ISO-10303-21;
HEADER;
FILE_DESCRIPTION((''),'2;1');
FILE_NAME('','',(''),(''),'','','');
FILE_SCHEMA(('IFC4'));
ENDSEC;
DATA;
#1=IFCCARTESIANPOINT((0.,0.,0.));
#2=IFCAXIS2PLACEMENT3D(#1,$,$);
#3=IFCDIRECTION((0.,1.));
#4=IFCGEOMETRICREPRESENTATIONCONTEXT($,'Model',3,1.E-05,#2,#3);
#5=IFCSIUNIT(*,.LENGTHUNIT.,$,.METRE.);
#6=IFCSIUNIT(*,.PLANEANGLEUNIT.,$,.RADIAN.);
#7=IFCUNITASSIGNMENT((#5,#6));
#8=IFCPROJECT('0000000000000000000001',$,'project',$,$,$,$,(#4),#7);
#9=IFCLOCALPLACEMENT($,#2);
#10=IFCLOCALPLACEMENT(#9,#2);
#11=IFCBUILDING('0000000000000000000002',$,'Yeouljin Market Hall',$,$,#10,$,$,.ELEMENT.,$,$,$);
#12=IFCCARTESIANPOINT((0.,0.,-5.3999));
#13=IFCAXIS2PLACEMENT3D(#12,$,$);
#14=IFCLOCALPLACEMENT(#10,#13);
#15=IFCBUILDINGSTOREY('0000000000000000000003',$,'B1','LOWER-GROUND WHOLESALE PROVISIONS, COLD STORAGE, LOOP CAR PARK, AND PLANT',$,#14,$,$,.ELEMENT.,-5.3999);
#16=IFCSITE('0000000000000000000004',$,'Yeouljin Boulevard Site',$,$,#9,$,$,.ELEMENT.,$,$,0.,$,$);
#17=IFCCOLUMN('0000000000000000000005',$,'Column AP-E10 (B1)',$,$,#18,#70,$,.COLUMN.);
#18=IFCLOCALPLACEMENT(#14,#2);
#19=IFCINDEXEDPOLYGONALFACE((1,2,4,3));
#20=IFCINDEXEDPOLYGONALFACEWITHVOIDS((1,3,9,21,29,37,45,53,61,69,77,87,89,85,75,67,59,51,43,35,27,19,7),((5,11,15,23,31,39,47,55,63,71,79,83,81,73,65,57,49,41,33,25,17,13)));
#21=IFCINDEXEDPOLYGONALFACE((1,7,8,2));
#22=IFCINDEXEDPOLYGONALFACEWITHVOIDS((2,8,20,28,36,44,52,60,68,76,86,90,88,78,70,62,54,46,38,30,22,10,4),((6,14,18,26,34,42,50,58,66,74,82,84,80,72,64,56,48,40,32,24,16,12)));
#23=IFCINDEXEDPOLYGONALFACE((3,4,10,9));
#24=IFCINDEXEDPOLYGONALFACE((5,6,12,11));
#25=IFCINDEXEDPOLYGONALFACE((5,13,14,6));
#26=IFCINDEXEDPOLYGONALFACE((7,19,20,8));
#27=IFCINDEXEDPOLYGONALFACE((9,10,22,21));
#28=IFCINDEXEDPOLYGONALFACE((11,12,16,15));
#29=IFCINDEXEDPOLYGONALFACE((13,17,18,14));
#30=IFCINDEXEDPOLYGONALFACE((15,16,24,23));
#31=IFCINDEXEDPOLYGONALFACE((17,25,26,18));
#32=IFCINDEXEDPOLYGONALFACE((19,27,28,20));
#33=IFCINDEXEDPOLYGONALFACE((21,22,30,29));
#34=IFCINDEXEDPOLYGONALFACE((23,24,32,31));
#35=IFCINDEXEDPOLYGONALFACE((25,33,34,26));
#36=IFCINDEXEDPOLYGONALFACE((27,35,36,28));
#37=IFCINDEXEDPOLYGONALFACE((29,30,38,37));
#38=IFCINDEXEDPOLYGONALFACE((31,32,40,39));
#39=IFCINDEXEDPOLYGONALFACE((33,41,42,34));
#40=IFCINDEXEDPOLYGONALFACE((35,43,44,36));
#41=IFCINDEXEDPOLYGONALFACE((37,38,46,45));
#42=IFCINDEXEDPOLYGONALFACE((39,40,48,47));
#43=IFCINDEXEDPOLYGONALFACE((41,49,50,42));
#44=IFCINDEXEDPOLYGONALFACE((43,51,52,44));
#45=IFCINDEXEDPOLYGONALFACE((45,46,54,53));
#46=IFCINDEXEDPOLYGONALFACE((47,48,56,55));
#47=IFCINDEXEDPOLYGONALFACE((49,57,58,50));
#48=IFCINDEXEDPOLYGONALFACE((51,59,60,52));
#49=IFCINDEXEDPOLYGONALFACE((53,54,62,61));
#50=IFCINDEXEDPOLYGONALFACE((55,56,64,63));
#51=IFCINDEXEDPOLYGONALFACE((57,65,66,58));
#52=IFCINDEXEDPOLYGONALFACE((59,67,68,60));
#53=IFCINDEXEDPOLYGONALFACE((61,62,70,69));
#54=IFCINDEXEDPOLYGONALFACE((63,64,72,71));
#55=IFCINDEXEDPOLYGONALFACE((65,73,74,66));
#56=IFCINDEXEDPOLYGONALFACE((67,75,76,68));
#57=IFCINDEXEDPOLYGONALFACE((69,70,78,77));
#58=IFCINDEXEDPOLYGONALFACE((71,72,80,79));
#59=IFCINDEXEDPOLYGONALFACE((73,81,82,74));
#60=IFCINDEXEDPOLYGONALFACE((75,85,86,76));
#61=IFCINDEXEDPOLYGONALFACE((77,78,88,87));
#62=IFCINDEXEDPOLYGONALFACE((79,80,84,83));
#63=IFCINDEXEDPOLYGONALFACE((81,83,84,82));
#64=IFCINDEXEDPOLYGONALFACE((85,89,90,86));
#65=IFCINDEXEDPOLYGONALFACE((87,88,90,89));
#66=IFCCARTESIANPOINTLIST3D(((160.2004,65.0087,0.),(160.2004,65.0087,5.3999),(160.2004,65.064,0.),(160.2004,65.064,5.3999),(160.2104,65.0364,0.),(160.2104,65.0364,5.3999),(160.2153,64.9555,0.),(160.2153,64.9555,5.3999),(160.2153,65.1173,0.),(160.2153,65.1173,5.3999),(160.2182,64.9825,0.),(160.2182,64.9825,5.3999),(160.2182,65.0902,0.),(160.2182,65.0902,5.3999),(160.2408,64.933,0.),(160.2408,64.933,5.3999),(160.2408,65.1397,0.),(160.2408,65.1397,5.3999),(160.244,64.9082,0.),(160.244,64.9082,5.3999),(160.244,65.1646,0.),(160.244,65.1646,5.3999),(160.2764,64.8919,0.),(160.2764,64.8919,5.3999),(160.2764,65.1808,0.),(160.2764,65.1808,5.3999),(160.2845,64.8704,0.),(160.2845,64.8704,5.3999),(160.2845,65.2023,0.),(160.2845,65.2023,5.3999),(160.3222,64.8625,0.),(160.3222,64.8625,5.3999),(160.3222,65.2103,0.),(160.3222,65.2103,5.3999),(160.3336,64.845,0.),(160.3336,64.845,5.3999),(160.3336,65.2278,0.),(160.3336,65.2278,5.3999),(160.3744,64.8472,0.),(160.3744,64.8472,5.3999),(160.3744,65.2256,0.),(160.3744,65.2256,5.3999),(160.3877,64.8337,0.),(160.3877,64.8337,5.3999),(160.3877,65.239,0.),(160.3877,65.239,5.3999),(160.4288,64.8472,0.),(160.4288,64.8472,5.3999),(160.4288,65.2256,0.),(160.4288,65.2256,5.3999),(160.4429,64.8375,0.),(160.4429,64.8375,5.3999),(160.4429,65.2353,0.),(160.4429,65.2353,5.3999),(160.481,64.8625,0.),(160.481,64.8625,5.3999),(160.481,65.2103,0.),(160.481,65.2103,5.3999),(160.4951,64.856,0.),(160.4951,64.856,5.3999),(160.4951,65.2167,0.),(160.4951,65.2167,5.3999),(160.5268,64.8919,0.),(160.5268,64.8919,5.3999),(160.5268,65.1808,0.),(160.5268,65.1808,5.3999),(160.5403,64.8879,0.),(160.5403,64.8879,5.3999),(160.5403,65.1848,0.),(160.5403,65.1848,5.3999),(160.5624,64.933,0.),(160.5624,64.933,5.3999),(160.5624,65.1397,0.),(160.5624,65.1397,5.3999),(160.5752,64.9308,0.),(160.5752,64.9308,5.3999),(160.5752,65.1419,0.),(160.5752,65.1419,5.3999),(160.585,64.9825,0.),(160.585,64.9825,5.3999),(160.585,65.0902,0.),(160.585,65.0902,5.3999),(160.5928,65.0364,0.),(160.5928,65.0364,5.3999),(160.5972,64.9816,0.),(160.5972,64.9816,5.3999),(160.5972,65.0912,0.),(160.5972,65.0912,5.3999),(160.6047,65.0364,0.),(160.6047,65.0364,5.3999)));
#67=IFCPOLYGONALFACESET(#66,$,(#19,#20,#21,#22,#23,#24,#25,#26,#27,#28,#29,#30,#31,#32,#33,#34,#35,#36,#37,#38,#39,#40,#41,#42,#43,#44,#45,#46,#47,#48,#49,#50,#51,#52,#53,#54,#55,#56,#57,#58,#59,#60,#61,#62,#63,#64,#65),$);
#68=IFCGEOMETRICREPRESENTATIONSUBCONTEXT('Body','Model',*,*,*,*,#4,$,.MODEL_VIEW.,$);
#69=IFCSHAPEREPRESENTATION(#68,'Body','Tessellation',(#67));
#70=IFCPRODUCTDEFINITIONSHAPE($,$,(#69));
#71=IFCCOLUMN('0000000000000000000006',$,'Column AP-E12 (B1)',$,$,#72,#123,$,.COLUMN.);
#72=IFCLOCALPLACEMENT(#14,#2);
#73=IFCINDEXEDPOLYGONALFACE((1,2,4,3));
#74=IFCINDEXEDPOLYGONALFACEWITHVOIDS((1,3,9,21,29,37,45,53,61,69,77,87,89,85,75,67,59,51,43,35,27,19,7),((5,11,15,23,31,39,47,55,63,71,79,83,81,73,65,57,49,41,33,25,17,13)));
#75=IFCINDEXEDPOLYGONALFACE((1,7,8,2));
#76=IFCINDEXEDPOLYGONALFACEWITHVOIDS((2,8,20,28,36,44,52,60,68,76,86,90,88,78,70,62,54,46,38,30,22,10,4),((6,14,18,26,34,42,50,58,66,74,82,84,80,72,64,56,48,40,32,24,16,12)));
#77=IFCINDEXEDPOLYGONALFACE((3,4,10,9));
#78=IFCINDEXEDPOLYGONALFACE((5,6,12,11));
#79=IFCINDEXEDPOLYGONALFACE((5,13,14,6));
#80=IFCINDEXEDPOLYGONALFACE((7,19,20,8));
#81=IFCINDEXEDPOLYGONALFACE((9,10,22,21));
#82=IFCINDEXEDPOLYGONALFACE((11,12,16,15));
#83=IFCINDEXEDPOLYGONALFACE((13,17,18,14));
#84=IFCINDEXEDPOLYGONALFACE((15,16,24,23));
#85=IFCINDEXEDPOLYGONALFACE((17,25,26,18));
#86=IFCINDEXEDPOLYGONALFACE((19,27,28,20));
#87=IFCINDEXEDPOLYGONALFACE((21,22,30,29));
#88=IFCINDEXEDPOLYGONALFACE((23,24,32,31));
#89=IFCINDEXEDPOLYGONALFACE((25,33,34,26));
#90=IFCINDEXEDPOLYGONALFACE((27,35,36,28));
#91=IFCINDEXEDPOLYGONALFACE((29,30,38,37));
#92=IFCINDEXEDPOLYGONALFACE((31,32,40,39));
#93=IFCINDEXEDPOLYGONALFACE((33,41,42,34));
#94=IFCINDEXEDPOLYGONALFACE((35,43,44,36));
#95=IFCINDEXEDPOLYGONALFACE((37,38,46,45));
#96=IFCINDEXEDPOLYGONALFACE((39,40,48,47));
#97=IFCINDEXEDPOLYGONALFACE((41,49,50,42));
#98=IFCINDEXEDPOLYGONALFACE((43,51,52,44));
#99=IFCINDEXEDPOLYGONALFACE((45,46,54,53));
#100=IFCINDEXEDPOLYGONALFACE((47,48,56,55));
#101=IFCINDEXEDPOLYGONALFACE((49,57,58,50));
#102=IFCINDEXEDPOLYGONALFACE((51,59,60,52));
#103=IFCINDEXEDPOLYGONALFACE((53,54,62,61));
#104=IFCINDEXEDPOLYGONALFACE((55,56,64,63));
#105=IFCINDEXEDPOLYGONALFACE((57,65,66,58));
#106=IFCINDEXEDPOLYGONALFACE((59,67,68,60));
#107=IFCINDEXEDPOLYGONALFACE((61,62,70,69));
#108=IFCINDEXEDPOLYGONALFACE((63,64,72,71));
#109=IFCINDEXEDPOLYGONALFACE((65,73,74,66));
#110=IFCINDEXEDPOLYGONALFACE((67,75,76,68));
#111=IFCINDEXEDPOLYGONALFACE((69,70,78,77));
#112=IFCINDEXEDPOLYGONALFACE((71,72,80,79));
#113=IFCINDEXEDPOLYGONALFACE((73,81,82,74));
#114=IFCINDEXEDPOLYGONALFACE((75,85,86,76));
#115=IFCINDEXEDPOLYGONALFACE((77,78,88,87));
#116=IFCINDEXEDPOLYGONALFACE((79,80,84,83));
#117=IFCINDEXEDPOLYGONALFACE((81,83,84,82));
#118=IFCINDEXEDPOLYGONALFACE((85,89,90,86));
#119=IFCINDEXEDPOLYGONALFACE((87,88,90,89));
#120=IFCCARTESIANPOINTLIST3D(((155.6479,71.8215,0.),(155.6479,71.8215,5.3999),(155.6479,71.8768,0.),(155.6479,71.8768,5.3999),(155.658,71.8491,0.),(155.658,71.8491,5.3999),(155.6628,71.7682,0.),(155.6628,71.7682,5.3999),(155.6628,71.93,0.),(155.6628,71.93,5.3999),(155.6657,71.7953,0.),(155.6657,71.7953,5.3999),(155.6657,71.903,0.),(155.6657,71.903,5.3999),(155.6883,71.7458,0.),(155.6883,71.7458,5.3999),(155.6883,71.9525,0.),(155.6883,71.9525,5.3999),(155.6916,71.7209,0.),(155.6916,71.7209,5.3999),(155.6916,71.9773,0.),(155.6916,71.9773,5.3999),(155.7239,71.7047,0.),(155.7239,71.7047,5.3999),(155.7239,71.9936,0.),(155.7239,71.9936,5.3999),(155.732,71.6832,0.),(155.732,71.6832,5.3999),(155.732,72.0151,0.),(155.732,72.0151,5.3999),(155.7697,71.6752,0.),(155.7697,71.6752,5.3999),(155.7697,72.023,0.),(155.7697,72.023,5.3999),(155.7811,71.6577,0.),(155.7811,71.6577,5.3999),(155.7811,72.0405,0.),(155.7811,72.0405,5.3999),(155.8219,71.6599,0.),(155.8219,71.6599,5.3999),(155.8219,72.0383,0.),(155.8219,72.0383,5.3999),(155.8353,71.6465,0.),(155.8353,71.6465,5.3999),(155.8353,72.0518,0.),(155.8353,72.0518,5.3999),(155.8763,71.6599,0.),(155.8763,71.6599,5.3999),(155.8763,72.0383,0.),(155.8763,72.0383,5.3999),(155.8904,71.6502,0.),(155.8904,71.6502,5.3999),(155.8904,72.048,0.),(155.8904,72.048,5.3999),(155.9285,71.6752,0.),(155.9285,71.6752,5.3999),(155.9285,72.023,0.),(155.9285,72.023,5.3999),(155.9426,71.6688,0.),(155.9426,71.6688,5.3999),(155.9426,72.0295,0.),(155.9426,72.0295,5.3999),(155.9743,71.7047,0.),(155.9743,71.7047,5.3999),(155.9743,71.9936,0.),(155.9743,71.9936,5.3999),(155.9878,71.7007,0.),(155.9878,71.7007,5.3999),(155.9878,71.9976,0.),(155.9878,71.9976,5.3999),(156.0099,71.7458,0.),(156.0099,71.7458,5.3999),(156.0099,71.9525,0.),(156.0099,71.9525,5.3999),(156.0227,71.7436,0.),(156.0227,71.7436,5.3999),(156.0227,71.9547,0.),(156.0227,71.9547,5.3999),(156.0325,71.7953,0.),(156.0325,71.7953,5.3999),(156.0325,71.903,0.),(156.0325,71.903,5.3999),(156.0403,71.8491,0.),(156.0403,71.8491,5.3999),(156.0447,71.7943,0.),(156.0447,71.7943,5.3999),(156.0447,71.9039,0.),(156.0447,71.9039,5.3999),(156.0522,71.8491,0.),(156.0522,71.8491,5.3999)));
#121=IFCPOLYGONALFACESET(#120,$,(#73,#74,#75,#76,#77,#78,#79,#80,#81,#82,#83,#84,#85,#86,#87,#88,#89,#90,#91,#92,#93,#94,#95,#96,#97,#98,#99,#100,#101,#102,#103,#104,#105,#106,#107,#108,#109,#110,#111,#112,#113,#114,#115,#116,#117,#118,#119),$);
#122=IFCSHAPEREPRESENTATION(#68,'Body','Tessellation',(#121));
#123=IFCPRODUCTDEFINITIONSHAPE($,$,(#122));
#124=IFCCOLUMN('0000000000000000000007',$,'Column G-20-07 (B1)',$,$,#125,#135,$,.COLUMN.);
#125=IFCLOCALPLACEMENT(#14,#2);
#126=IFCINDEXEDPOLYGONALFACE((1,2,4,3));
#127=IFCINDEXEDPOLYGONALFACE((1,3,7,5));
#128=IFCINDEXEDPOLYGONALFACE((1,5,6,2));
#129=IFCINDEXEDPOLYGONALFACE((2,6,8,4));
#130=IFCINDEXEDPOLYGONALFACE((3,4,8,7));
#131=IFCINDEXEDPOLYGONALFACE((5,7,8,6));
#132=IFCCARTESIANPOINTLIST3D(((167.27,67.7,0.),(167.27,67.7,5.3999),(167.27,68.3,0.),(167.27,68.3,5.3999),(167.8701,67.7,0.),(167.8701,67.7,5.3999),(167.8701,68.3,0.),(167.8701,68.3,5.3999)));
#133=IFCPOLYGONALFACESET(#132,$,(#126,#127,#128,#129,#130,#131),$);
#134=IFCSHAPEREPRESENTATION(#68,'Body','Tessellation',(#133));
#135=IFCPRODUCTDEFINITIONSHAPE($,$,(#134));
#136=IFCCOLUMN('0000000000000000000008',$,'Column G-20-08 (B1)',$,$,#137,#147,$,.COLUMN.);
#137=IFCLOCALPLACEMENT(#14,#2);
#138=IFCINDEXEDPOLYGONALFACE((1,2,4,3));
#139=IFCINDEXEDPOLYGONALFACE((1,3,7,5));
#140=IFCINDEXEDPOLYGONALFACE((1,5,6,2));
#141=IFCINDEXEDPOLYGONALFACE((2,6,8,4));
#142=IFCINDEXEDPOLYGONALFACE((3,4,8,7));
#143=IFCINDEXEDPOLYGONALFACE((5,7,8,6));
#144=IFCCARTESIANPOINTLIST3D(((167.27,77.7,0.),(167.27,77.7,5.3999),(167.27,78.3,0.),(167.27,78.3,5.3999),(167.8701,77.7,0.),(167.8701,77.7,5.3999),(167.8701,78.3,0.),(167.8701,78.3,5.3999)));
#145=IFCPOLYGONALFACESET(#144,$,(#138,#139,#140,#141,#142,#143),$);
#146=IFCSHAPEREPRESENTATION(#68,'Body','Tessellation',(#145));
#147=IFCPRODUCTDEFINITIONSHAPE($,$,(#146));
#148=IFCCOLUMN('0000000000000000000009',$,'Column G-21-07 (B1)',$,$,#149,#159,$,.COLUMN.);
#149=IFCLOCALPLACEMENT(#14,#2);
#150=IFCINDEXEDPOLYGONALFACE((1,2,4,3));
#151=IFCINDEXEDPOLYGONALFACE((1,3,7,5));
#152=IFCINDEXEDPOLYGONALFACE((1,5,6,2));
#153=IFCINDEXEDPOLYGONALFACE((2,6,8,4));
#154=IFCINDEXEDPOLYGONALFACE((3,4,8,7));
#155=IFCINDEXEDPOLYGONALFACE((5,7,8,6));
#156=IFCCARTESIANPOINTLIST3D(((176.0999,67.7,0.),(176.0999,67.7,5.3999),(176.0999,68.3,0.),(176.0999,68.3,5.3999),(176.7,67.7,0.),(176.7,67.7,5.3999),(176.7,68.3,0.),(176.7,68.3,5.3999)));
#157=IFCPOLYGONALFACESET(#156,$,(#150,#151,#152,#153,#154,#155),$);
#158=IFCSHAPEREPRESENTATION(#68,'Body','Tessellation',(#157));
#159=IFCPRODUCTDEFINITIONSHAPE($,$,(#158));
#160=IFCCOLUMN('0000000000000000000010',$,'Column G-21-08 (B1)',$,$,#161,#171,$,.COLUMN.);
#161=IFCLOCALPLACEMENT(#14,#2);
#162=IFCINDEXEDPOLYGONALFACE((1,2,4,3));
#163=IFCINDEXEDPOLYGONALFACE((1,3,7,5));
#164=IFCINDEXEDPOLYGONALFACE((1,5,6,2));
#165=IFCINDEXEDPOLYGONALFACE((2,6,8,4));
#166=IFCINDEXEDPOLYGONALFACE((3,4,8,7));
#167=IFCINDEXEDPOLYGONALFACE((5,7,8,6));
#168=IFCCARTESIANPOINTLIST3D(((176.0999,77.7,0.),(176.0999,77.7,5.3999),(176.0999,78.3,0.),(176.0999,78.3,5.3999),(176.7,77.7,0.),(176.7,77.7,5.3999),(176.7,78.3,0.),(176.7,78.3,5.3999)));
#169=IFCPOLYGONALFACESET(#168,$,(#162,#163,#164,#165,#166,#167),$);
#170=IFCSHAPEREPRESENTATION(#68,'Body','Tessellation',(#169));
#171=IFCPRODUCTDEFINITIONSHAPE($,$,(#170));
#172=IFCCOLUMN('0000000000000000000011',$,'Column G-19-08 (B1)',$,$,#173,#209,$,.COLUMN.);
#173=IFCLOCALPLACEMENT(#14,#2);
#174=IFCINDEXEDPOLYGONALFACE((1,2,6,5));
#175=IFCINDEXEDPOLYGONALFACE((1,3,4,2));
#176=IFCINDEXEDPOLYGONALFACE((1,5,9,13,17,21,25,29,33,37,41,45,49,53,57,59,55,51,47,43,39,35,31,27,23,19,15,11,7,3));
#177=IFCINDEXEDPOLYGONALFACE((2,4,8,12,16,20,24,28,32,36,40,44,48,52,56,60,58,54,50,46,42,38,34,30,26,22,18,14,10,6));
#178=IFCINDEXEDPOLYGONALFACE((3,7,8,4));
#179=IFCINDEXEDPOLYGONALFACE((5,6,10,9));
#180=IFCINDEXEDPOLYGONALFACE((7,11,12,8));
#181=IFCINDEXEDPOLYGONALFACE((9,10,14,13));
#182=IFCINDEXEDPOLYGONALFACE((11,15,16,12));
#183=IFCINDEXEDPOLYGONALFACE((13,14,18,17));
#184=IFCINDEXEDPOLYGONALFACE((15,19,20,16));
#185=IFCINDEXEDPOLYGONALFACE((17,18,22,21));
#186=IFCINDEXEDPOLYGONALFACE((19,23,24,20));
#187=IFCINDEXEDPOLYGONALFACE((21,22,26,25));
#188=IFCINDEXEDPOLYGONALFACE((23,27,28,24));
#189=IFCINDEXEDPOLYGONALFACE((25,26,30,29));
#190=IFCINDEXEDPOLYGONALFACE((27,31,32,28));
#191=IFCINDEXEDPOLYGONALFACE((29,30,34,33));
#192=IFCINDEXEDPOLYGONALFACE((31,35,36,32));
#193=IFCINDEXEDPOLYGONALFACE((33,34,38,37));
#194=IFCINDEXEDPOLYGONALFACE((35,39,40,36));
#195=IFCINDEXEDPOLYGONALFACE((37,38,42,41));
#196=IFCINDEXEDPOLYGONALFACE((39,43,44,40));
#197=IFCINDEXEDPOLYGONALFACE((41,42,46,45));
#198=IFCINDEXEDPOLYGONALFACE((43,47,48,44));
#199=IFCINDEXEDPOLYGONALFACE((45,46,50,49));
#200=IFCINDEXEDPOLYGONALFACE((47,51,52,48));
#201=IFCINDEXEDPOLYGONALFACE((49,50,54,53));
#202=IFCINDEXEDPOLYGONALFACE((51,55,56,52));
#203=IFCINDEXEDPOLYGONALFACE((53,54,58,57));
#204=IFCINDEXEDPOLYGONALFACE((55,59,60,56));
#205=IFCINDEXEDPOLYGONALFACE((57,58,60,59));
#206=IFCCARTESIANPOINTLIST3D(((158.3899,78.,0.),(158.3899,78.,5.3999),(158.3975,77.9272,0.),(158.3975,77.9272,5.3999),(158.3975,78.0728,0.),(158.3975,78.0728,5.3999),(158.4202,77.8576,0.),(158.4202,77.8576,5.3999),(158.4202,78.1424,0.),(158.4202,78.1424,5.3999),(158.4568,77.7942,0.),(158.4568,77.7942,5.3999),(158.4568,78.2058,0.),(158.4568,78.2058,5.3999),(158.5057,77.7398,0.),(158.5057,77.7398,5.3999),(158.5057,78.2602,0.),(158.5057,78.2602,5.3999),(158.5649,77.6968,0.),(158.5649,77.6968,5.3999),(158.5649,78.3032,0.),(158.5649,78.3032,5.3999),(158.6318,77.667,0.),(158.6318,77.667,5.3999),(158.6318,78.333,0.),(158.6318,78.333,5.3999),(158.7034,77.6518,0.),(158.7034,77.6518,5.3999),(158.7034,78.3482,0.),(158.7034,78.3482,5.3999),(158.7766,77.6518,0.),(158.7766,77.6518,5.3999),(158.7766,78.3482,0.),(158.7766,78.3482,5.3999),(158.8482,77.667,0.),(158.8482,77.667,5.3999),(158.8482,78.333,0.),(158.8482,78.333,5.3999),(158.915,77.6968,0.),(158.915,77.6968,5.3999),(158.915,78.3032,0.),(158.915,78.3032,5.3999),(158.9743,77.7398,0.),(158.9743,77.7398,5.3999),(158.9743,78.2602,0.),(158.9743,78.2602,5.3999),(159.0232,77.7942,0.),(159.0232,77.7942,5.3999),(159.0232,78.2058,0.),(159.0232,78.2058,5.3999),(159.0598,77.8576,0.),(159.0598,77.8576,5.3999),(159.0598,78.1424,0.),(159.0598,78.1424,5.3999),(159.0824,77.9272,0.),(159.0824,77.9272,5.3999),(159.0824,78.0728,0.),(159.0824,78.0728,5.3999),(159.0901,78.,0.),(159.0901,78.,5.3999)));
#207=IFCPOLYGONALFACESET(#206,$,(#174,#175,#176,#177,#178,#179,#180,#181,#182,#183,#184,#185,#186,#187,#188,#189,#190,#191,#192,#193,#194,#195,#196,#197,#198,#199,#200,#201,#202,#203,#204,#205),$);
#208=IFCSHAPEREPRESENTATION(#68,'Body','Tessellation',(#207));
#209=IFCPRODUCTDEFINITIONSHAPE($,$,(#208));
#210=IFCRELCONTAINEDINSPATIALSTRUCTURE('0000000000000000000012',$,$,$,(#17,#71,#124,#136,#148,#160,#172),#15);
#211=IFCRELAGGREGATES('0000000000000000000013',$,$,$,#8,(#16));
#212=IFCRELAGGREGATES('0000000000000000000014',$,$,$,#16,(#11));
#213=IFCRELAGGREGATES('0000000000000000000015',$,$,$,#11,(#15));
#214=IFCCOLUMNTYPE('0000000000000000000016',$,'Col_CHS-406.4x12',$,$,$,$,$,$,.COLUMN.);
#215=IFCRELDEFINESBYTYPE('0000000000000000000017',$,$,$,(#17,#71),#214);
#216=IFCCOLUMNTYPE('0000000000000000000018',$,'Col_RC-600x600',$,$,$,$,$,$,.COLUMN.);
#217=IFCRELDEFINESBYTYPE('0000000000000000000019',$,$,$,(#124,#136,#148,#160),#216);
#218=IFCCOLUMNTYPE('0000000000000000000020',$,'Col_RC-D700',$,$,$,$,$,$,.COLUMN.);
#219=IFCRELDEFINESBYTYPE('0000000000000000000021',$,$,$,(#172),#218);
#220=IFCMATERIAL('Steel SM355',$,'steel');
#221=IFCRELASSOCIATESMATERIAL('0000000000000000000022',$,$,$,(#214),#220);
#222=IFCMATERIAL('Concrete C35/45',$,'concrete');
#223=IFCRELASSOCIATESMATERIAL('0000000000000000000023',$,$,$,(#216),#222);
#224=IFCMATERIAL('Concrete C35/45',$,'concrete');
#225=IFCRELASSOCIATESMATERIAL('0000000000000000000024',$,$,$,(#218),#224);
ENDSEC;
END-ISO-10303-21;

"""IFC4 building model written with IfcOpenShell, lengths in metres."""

from ifc_helpers import new_model, si_unit, direction, frame, origin, origin_2d, place, context, subcontext, project, spatial, rectangle, circle, hollow_circle, extrude, material, material_profile, profile_set, type_object, element, save


model = new_model("IFC4")

# Units and contexts
model_context = context("Model", 3, precision=1e-05, world=origin(), true_north=direction((0.0, 1.0)))
body_context = subcontext(model_context, "Body", "Model", "MODEL_VIEW")
ifc_project = project(units=[si_unit("LENGTHUNIT", "METRE"), si_unit("PLANEANGLEUNIT", "RADIAN")], contexts=[model_context])

# Site, building, storey
site_placement = place(None, origin())
site = spatial("IfcSite", under=ifc_project, at=site_placement, Name="Yeouljin Boulevard Site", CompositionType="ELEMENT", RefElevation=0.0)
building_placement = place(site_placement, origin())
building = spatial("IfcBuilding", under=site, at=building_placement, Name="Yeouljin Market Hall", CompositionType="ELEMENT")
storey_placement = place(building_placement, frame((0.0, 0.0, -5.3999)))
storey = spatial("IfcBuildingStorey", under=building, at=storey_placement, Name="B1", Description="LOWER-GROUND WHOLESALE PROVISIONS, COLD STORAGE, LOOP CAR PARK, AND PLANT", CompositionType="ELEMENT", Elevation=-5.3999)

# Columns
ifc_material_1 = material(Name="Steel SM355", Category="steel")
ifc_material_profile_1 = material_profile(ifc_material_1, hollow_circle(Radius=0.2031, WallThickness=0.012, at=origin_2d()), Name="CHS-406.4x12")
ifc_profile_set_1 = profile_set([ifc_material_profile_1], Name="Steel SM355")
column_type_1 = type_object("IfcColumnType", Name="Col_CHS-406.4x12", PredefinedType="COLUMN", material=ifc_profile_set_1)
for number, where, z_axis, x_axis, name in (
    (1, (160.4016, 65.0364, 0.0), (0.0, 0.0, 1.0), (1.0, 0.0, 0.0), "Column AP-E10 (B1)"),
    (2, (155.8491, 71.8491, 0.0), (0.0, 0.0, 1.0), (1.0, 0.0, 0.0), "Column AP-E12 (B1)"),
):
    element("IfcColumn", number, at=place(storey_placement, frame(where, z_axis=z_axis, x_axis=x_axis)), inside=storey, type_object=column_type_1, Name=name, PredefinedType="COLUMN", context=body_context, shape_type="SweptSolid", body=[
        extrude(hollow_circle(Radius=0.2031, WallThickness=0.012, at=origin_2d()), origin(), (0.0, 0.0, 1.0), 5.3999),
    ])
ifc_material_2 = material(Name="Concrete C35/45", Category="concrete")
ifc_material_profile_2 = material_profile(ifc_material_2, rectangle(XDim=0.6001, YDim=0.6001, at=origin_2d()), Name="RC-600x600")
ifc_profile_set_2 = profile_set([ifc_material_profile_2], Name="Concrete C35/45")
column_type_2 = type_object("IfcColumnType", Name="Col_RC-600x600", PredefinedType="COLUMN", material=ifc_profile_set_2)
for number, where, z_axis, x_axis, name in (
    (3, (167.5701, 68.0, 0.0), (0.0, 0.0, 1.0), (1.0, 0.0, 0.0), "Column G-20-07 (B1)"),
    (4, (167.5701, 78.0, 0.0), (0.0, 0.0, 1.0), (1.0, 0.0, 0.0), "Column G-20-08 (B1)"),
    (5, (176.3999, 68.0, 0.0), (0.0, 0.0, 1.0), (1.0, 0.0, 0.0), "Column G-21-07 (B1)"),
    (6, (176.3999, 78.0, 0.0), (0.0, 0.0, 1.0), (1.0, 0.0, 0.0), "Column G-21-08 (B1)"),
):
    element("IfcColumn", number, at=place(storey_placement, frame(where, z_axis=z_axis, x_axis=x_axis)), inside=storey, type_object=column_type_2, Name=name, PredefinedType="COLUMN", context=body_context, shape_type="SweptSolid", body=[
        extrude(rectangle(XDim=0.6001, YDim=0.6001, at=origin_2d()), origin(), (0.0, 0.0, 1.0), 5.3999),
    ])
ifc_material_3 = material(Name="Concrete C35/45", Category="concrete")
ifc_material_profile_3 = material_profile(ifc_material_3, circle(Radius=0.3501, at=origin_2d()), Name="RC-D700")
ifc_profile_set_3 = profile_set([ifc_material_profile_3], Name="Concrete C35/45")
column_type_3 = type_object("IfcColumnType", Name="Col_RC-D700", PredefinedType="COLUMN", material=ifc_profile_set_3)
column_placement = place(storey_placement, frame((158.74, 78.0, 0.0), z_axis=(0.0, 0.0, 1.0), x_axis=(1.0, 0.0, 0.0)))
element("IfcColumn", 7, at=column_placement, inside=storey, type_object=column_type_3, Name="Column G-19-08 (B1)", PredefinedType="COLUMN", context=body_context, shape_type="SweptSolid", body=[
    extrude(circle(Radius=0.3501, at=origin_2d()), origin(), (0.0, 0.0, 1.0), 5.3999),
])

save(model, "model.ifc")
